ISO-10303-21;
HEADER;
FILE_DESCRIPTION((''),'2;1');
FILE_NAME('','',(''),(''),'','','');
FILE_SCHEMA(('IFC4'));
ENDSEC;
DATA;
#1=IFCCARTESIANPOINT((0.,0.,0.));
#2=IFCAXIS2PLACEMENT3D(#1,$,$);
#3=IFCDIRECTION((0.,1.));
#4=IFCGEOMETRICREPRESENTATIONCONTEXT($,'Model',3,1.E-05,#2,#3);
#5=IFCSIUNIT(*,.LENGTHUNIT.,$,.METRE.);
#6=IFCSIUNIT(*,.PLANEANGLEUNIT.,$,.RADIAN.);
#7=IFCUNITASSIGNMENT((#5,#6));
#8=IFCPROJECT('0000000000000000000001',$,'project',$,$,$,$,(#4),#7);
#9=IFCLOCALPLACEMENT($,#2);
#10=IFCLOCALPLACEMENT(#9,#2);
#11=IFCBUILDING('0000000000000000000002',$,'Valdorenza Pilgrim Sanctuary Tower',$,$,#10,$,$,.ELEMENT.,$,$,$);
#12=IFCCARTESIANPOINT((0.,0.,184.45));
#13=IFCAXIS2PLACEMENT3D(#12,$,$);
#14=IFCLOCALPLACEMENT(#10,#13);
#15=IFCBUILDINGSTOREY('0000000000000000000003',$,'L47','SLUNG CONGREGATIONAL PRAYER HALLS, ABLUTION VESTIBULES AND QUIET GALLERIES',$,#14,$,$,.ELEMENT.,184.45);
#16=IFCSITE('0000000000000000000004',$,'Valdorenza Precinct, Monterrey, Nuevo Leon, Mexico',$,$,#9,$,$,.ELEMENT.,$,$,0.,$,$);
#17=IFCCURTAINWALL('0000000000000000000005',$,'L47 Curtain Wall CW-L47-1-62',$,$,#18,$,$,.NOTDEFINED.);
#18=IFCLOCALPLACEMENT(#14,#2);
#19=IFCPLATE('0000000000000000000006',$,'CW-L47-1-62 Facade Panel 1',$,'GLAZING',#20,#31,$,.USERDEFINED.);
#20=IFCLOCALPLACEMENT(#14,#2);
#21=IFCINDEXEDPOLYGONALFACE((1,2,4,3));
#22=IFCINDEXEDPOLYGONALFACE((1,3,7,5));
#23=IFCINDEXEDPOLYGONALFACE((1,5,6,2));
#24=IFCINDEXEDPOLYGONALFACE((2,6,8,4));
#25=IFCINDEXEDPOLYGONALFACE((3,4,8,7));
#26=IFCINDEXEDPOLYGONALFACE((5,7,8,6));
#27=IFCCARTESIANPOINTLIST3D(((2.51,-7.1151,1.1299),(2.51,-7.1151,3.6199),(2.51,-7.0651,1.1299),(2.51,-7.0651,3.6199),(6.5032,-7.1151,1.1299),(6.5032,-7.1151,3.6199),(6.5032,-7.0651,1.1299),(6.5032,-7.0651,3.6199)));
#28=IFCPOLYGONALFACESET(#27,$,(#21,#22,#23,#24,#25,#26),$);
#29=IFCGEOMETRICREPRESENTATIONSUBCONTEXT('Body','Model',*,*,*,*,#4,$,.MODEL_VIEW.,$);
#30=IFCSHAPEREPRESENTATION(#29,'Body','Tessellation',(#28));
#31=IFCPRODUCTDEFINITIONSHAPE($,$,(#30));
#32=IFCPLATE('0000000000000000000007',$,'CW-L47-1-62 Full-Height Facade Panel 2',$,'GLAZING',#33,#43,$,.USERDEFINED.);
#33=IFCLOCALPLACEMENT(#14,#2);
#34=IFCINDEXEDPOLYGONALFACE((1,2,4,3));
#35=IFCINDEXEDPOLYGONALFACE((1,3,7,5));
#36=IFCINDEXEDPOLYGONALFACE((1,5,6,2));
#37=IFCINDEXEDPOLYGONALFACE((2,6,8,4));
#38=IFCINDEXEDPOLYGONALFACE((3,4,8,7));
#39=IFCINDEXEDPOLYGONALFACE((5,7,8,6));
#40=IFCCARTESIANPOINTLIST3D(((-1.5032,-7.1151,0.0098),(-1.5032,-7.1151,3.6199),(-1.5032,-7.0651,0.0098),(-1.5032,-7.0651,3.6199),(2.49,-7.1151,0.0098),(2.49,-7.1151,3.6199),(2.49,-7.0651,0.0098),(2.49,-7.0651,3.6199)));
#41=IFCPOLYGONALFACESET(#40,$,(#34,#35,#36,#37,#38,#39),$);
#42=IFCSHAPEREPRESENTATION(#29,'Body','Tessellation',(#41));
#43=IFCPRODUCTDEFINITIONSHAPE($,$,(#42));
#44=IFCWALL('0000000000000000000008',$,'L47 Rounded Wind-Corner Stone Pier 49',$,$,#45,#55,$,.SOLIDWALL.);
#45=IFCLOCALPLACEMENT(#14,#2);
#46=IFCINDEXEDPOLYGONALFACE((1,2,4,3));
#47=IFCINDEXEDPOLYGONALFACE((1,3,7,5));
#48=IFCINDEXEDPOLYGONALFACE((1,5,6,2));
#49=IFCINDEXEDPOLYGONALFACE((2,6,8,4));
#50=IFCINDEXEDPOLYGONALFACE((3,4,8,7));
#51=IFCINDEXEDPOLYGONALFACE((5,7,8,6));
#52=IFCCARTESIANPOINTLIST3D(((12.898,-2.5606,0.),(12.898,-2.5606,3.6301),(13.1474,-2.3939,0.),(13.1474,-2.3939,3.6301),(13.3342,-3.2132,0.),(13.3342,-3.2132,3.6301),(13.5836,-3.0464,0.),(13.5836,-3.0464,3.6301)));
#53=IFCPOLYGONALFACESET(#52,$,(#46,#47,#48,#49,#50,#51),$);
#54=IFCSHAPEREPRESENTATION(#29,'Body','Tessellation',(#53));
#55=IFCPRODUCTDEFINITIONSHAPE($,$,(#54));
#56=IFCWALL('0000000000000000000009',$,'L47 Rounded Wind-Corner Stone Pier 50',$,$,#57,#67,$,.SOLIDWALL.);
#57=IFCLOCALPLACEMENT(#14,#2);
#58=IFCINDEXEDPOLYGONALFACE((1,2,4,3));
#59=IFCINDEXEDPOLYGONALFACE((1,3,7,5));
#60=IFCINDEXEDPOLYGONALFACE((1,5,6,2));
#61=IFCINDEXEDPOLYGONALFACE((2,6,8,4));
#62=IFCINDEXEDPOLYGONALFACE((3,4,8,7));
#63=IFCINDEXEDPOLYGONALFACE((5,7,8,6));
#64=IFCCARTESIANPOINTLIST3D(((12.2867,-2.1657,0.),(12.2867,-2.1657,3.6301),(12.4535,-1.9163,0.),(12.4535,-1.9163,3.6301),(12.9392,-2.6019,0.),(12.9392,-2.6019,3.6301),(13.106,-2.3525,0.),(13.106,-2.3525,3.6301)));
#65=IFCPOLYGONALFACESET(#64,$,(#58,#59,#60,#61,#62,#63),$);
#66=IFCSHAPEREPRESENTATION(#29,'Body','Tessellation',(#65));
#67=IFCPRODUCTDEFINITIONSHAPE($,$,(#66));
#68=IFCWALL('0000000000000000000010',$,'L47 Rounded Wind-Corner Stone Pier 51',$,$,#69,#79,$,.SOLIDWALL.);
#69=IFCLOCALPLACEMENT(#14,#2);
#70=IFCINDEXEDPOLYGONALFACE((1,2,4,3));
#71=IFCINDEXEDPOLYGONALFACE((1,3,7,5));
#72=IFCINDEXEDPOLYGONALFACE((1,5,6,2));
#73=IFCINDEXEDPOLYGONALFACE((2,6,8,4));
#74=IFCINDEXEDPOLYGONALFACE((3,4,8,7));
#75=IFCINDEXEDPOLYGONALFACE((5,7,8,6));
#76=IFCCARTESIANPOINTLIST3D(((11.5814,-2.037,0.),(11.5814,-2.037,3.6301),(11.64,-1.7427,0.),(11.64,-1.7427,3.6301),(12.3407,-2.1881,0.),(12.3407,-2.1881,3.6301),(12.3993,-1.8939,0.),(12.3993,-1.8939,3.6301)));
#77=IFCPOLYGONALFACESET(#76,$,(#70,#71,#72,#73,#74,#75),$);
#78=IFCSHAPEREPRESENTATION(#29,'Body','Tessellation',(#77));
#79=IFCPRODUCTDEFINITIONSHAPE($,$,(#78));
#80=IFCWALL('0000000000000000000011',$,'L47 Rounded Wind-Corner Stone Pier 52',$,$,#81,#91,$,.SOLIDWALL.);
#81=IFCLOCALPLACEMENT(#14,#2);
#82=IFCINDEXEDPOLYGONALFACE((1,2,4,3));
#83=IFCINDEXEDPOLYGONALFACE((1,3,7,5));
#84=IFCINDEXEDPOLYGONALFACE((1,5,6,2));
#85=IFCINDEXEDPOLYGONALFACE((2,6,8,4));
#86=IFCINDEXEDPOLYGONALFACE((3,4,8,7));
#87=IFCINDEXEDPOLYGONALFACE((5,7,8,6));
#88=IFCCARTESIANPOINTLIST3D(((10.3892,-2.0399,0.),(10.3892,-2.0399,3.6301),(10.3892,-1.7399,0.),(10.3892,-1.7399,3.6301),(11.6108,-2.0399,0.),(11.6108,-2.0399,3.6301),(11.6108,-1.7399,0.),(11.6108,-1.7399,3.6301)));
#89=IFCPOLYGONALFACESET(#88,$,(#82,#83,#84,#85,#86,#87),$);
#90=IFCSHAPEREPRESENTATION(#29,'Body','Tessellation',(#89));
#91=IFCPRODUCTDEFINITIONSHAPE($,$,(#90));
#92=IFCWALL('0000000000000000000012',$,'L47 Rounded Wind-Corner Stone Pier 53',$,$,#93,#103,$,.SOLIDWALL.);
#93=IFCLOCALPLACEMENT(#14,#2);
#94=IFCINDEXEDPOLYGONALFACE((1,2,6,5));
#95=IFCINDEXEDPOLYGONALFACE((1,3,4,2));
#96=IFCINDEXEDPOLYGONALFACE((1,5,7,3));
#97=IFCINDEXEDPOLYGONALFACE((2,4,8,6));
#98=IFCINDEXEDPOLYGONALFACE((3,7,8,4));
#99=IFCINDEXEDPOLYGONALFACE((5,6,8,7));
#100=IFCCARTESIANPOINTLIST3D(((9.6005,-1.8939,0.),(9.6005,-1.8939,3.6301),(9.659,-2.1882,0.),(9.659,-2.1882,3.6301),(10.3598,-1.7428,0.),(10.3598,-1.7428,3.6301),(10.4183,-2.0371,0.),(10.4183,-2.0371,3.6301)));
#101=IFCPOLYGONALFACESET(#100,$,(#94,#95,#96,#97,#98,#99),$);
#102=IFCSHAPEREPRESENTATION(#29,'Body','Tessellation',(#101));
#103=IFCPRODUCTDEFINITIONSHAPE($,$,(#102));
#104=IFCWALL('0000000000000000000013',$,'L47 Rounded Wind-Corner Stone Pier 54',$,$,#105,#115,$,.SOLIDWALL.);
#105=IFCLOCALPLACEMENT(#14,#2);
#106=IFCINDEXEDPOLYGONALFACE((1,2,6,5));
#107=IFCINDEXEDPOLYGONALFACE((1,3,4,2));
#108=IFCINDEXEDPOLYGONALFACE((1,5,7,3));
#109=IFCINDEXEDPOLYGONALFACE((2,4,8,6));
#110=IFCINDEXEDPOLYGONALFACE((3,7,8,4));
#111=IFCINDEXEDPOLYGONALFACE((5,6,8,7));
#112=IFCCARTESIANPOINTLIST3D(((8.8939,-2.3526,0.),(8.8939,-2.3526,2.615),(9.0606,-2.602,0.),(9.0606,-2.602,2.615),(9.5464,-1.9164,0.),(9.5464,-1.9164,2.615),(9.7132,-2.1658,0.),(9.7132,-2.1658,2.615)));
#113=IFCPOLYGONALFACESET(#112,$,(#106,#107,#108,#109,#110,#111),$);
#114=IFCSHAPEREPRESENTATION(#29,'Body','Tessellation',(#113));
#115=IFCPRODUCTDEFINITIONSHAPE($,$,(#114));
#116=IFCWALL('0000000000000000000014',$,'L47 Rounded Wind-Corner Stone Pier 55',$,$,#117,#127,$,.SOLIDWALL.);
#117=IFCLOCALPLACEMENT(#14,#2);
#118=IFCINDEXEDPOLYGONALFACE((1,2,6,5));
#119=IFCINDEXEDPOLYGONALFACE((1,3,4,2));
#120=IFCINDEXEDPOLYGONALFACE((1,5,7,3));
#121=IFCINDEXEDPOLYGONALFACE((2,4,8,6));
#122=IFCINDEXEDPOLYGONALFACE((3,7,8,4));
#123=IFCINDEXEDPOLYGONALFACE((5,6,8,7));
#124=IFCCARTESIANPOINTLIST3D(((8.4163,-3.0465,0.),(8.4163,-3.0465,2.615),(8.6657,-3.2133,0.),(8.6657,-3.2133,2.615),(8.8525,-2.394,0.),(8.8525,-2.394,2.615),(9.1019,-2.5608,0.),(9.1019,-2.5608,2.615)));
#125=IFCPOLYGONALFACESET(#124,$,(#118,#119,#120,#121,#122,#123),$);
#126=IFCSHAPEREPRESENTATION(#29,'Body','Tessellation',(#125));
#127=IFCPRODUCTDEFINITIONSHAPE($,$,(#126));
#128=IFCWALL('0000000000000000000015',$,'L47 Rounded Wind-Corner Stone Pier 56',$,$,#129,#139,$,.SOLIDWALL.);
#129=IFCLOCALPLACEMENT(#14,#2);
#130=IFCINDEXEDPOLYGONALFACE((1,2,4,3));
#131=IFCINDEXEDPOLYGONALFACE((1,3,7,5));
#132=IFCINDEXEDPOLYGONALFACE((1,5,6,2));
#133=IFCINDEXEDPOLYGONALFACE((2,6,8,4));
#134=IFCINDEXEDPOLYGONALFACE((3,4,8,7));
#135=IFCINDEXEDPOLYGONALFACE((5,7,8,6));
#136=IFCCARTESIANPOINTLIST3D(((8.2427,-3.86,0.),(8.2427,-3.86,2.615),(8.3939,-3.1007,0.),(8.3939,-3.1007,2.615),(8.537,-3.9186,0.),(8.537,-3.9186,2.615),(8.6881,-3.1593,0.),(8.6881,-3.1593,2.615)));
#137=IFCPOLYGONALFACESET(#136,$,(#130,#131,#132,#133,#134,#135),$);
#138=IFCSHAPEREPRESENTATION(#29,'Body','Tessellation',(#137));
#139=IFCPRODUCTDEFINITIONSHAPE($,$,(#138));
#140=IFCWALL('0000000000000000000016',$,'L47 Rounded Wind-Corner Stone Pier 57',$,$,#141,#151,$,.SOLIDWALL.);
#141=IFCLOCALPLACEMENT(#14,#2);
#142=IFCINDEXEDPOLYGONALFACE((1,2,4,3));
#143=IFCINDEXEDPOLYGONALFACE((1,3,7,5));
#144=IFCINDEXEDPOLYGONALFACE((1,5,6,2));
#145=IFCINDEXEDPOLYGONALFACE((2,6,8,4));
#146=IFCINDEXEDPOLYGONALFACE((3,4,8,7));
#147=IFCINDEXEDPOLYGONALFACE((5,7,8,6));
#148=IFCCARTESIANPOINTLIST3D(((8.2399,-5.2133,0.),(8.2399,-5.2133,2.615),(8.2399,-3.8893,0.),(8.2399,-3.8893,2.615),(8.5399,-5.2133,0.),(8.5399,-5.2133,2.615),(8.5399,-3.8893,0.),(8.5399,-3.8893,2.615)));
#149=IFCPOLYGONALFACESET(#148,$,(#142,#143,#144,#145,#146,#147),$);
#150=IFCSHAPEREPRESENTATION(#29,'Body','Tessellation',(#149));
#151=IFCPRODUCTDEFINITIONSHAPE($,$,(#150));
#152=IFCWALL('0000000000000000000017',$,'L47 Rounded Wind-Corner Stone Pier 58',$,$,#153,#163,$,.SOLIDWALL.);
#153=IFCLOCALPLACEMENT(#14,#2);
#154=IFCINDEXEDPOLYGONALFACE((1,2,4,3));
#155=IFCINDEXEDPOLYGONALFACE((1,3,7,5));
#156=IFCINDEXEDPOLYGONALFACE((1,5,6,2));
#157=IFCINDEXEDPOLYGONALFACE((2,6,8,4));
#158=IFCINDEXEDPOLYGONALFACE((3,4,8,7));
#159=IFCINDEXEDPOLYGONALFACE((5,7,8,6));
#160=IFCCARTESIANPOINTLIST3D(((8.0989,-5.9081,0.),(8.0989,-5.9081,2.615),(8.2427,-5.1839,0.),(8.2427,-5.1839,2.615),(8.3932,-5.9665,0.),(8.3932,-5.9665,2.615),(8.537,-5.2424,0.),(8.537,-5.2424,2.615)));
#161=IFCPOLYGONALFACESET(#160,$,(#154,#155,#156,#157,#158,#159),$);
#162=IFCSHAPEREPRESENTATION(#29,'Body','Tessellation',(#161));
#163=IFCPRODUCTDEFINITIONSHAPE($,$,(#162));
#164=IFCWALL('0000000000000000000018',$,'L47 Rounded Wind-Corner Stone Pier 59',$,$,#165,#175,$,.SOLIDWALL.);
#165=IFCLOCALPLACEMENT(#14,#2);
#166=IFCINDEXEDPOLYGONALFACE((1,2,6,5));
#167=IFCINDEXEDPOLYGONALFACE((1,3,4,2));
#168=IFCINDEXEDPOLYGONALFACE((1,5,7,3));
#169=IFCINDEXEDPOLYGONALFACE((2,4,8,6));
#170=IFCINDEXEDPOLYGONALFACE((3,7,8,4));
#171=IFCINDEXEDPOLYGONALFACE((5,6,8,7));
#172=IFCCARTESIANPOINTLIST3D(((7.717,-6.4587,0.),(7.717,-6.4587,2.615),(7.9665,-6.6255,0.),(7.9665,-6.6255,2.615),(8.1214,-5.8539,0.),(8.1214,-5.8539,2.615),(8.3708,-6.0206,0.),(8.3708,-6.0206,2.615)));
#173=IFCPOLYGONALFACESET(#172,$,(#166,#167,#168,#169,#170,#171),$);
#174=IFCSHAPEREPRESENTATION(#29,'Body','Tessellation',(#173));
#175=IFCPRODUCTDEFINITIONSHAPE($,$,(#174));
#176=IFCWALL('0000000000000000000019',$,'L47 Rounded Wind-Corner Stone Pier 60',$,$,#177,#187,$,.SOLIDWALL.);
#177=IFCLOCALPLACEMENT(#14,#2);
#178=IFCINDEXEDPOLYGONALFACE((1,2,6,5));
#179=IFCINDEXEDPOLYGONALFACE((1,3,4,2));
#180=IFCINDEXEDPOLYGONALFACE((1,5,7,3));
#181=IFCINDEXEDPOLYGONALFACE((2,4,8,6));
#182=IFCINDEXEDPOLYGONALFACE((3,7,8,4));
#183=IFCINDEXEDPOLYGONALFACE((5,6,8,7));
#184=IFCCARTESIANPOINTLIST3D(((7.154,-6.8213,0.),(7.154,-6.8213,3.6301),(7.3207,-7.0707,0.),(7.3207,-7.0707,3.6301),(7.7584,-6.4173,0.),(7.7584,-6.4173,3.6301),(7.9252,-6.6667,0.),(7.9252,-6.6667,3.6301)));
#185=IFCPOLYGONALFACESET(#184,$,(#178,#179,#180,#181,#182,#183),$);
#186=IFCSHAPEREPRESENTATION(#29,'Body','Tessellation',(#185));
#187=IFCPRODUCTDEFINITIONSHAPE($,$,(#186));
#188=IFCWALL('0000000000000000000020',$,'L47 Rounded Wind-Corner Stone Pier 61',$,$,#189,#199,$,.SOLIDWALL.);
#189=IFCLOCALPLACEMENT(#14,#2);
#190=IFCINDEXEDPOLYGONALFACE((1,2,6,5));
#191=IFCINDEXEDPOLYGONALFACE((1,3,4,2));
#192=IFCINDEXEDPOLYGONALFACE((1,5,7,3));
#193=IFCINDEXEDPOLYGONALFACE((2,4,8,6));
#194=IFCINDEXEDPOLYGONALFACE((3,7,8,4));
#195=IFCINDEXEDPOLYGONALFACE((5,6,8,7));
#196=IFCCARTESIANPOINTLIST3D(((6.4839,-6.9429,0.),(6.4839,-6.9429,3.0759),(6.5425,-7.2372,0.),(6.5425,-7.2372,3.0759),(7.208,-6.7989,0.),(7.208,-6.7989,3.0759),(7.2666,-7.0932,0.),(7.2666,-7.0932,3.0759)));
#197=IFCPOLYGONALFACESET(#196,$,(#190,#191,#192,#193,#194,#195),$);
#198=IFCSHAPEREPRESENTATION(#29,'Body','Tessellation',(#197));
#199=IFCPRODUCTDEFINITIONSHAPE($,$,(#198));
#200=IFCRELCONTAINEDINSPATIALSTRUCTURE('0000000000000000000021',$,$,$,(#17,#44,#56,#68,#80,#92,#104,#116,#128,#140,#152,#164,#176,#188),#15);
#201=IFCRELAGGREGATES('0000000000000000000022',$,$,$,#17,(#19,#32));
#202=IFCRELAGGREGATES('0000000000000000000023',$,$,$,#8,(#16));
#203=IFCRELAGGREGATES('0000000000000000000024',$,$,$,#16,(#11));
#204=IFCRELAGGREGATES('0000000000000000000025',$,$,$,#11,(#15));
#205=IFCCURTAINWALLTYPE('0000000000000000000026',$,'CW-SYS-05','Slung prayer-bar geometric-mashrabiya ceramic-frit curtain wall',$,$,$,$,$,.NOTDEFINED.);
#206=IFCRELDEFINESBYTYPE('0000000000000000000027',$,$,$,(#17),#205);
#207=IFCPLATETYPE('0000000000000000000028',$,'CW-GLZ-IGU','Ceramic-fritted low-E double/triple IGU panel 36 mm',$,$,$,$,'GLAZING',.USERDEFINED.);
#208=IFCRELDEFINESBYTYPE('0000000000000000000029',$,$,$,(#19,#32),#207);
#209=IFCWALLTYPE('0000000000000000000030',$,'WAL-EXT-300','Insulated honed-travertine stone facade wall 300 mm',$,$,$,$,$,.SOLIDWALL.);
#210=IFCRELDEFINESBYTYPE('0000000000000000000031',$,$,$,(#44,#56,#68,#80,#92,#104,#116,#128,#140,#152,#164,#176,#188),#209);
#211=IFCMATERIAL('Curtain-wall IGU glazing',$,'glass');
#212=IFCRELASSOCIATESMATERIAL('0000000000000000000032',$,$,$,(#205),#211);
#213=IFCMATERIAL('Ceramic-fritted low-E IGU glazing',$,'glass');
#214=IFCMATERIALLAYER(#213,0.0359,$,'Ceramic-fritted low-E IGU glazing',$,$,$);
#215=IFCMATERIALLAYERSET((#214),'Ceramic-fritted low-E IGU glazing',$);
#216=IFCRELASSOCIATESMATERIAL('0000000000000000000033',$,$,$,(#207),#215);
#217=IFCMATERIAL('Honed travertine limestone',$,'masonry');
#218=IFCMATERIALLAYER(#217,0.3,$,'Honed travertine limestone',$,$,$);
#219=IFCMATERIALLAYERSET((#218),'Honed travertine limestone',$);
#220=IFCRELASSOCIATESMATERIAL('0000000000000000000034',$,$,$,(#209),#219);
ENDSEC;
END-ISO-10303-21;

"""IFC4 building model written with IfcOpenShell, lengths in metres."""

from ifc_helpers import new_model, si_unit, direction, frame, frame_2d, origin, origin_2d, place, context, subcontext, project, spatial, rectangle, extrude, source, transform, mapped, material, layer, layer_set, type_object, element, aggregate, save


model = new_model("IFC4")

# Units and contexts
model_context = context("Model", 3, precision=1e-05, world=origin(), true_north=direction((0.0, 1.0)))
body_context = subcontext(model_context, "Body", "Model", "MODEL_VIEW")
ifc_project = project(units=[si_unit("LENGTHUNIT", "METRE"), si_unit("PLANEANGLEUNIT", "RADIAN")], contexts=[model_context])

# Site, building, storey
site_placement = place(None, origin())
site = spatial("IfcSite", under=ifc_project, at=site_placement, Name="Valdorenza Precinct, Monterrey, Nuevo Leon, Mexico", CompositionType="ELEMENT", RefElevation=0.0)
building_placement = place(site_placement, origin())
building = spatial("IfcBuilding", under=site, at=building_placement, Name="Valdorenza Pilgrim Sanctuary Tower", CompositionType="ELEMENT")
storey_placement = place(building_placement, frame((0.0, 0.0, 184.45)))
storey = spatial("IfcBuildingStorey", under=building, at=storey_placement, Name="L47", Description="SLUNG CONGREGATIONAL PRAYER HALLS, ABLUTION VESTIBULES AND QUIET GALLERIES", CompositionType="ELEMENT", Elevation=184.45)

# Curtain wall
ifc_material_1 = material(Name="Curtain-wall IGU glazing", Category="glass")
curtain_wall_type = type_object("IfcCurtainWallType", Name="CW-SYS-05", Description="Slung prayer-bar geometric-mashrabiya ceramic-frit curtain wall", PredefinedType="NOTDEFINED", material=ifc_material_1)
curtain_wall_1_placement = place(storey_placement, origin())
curtain_wall_1 = element("IfcCurtainWall", 1, at=curtain_wall_1_placement, inside=storey, type_object=curtain_wall_type, Name="L47 Curtain Wall CW-L47-1-62", PredefinedType="NOTDEFINED")

# Plates
ifc_material_2 = material(Name="Honed travertine limestone", Category="masonry")
ifc_material_3 = material(Name="Ceramic-fritted low-E IGU glazing", Category="glass")
ifc_layer_1 = layer(ifc_material_3, 0.0359, Name="Ceramic-fritted low-E IGU glazing")
ifc_layer_set_1 = layer_set([ifc_layer_1], Name="Ceramic-fritted low-E IGU glazing")
plate_type_1 = type_object("IfcPlateType", Name="CW-GLZ-IGU", Description="Ceramic-fritted low-E double/triple IGU panel 36 mm", ElementType="GLAZING", PredefinedType="USERDEFINED", material=ifc_layer_set_1)
shared_shape_1 = source(origin(), body_context, "Body", "SweptSolid", [
    extrude(rectangle(XDim=3.9932, YDim=0.05, at=origin_2d()), origin(), (0.0, 0.0, 1.0), 2.49),
])
plate_1_placement = place(storey_placement, frame((4.5066, -7.0901, 1.1299), z_axis=(0.0, 0.0, 1.0), x_axis=(-1.0, 0.0, 0.0)))
plate_1 = element("IfcPlate", 2, at=plate_1_placement, type_object=plate_type_1, Name="CW-L47-1-62 Facade Panel 1", ObjectType="GLAZING", PredefinedType="USERDEFINED", context=body_context, shape_type="MappedRepresentation", body=[
    mapped(shared_shape_1, transform((0.0, 0.0, 0.0), x_axis=(1.0, 0.0, 0.0), y_axis=(0.0, 1.0, 0.0), z_axis=(0.0, 0.0, 1.0), scale=1.0)),
])
shared_shape_2 = source(origin(), body_context, "Body", "SweptSolid", [
    extrude(rectangle(XDim=3.9932, YDim=0.05, at=origin_2d()), origin(), (0.0, 0.0, 1.0), 3.6101),
])
plate_2_placement = place(storey_placement, frame((0.4934, -7.0901, 0.0098), z_axis=(0.0, 0.0, 1.0), x_axis=(-1.0, 0.0, 0.0)))
plate_2 = element("IfcPlate", 3, at=plate_2_placement, type_object=plate_type_1, Name="CW-L47-1-62 Full-Height Facade Panel 2", ObjectType="GLAZING", PredefinedType="USERDEFINED", context=body_context, shape_type="MappedRepresentation", body=[
    mapped(shared_shape_2, transform((0.0, 0.0, 0.0), x_axis=(1.0, 0.0, 0.0), y_axis=(0.0, 1.0, 0.0), z_axis=(0.0, 0.0, 1.0), scale=1.0)),
])
aggregate(curtain_wall_1, [plate_1, plate_2])

# Walls
ifc_layer_2 = layer(ifc_material_2, 0.3, Name="Honed travertine limestone")
ifc_layer_set_2 = layer_set([ifc_layer_2], Name="Honed travertine limestone")
wall_type_1 = type_object("IfcWallType", Name="WAL-EXT-300", Description="Insulated honed-travertine stone facade wall 300 mm", PredefinedType="SOLIDWALL", material=ifc_layer_set_2)
for number, where, z_axis, x_axis, name in (
    (4, (13.459, -3.1299, 0.0), (0.0, 0.0, 1.0), (-0.555776, 0.831332, 0.0), "L47 Rounded Wind-Corner Stone Pier 49"),
    (5, (13.0227, -2.4773, 0.0), (0.0, 0.0, 1.0), (-0.831332, 0.555776, 0.0), "L47 Rounded Wind-Corner Stone Pier 50"),
):
    element("IfcWall", number, at=place(storey_placement, frame(where, z_axis=z_axis, x_axis=x_axis)), inside=storey, type_object=wall_type_1, Name=name, PredefinedType="SOLIDWALL", context=body_context, shape_type="SweptSolid", body=[
        extrude(rectangle(XDim=0.7849, YDim=0.3, at=frame_2d((0.3926, 0.0))), origin(), (0.0, 0.0, 1.0), 3.6301),
    ])
wall_1_placement = place(storey_placement, frame((12.3701, -2.041, 0.0), z_axis=(0.0, 0.0, 1.0), x_axis=(-0.980762, 0.195206, 0.0)))
element("IfcWall", 6, at=wall_1_placement, inside=storey, type_object=wall_type_1, Name="L47 Rounded Wind-Corner Stone Pier 51", PredefinedType="SOLIDWALL", context=body_context, shape_type="SweptSolid", body=[
    extrude(rectangle(XDim=0.7742, YDim=0.3, at=frame_2d((0.3872, 0.0))), origin(), (0.0, 0.0, 1.0), 3.6301),
])
wall_2_placement = place(storey_placement, frame((11.6108, -1.8899, 0.0), z_axis=(0.0, 0.0, 1.0), x_axis=(-1.0, 0.0, 0.0)))
element("IfcWall", 7, at=wall_2_placement, inside=storey, type_object=wall_type_1, Name="L47 Rounded Wind-Corner Stone Pier 52", PredefinedType="SOLIDWALL", context=body_context, shape_type="SweptSolid", body=[
    extrude(rectangle(XDim=1.2217, YDim=0.3, at=frame_2d((0.6108, 0.0))), origin(), (0.0, 0.0, 1.0), 3.6301),
])
wall_3_placement = place(storey_placement, frame((10.3892, -1.8899, 0.0), z_axis=(0.0, 0.0, 1.0), x_axis=(-0.980762, -0.195206, 0.0)))
element("IfcWall", 8, at=wall_3_placement, inside=storey, type_object=wall_type_1, Name="L47 Rounded Wind-Corner Stone Pier 53", PredefinedType="SOLIDWALL", context=body_context, shape_type="SweptSolid", body=[
    extrude(rectangle(XDim=0.7742, YDim=0.3, at=frame_2d((0.3872, 0.0))), origin(), (0.0, 0.0, 1.0), 3.6301),
])
for number, where, z_axis, x_axis, name in (
    (9, (9.6299, -2.041, 0.0), (0.0, 0.0, 1.0), (-0.831332, -0.555776, 0.0), "L47 Rounded Wind-Corner Stone Pier 54"),
    (10, (8.9773, -2.4773, 0.0), (0.0, 0.0, 1.0), (-0.555776, -0.831332, 0.0), "L47 Rounded Wind-Corner Stone Pier 55"),
):
    element("IfcWall", number, at=place(storey_placement, frame(where, z_axis=z_axis, x_axis=x_axis)), inside=storey, type_object=wall_type_1, Name=name, PredefinedType="SOLIDWALL", context=body_context, shape_type="SweptSolid", body=[
        extrude(rectangle(XDim=0.7849, YDim=0.3, at=frame_2d((0.3926, 0.0))), origin(), (0.0, 0.0, 1.0), 2.615),
    ])
wall_4_placement = place(storey_placement, frame((8.541, -3.1299, 0.0), z_axis=(0.0, 0.0, 1.0), x_axis=(-0.195206, -0.980762, 0.0)))
element("IfcWall", 11, at=wall_4_placement, inside=storey, type_object=wall_type_1, Name="L47 Rounded Wind-Corner Stone Pier 56", PredefinedType="SOLIDWALL", context=body_context, shape_type="SweptSolid", body=[
    extrude(rectangle(XDim=0.7742, YDim=0.3, at=frame_2d((0.3872, 0.0))), origin(), (0.0, 0.0, 1.0), 2.615),
])
wall_5_placement = place(storey_placement, frame((8.3899, -3.8892, 0.0), z_axis=(0.0, 0.0, 1.0), x_axis=(0.0, -1.0, 0.0)))
element("IfcWall", 12, at=wall_5_placement, inside=storey, type_object=wall_type_1, Name="L47 Rounded Wind-Corner Stone Pier 57", PredefinedType="SOLIDWALL", context=body_context, shape_type="SweptSolid", body=[
    extrude(rectangle(XDim=1.324, YDim=0.3, at=frame_2d((0.6621, 0.0))), origin(), (0.0, 0.0, 1.0), 2.615),
])
wall_6_placement = place(storey_placement, frame((8.3899, -5.2131, 0.0), z_axis=(0.0, 0.0, 1.0), x_axis=(-0.19478, -0.980847, 0.0)))
element("IfcWall", 13, at=wall_6_placement, inside=storey, type_object=wall_type_1, Name="L47 Rounded Wind-Corner Stone Pier 58", PredefinedType="SOLIDWALL", context=body_context, shape_type="SweptSolid", body=[
    extrude(rectangle(XDim=0.7383, YDim=0.3, at=frame_2d((0.3691, 0.0))), origin(), (0.0, 0.0, 1.0), 2.615),
])
wall_7_placement = place(storey_placement, frame((8.2461, -5.9373, 0.0), z_axis=(0.0, 0.0, 1.0), x_axis=(-0.555784, -0.831327, 0.0)))
element("IfcWall", 14, at=wall_7_placement, inside=storey, type_object=wall_type_1, Name="L47 Rounded Wind-Corner Stone Pier 59", PredefinedType="SOLIDWALL", context=body_context, shape_type="SweptSolid", body=[
    extrude(rectangle(XDim=0.7275, YDim=0.3, at=frame_2d((0.3638, 0.0))), origin(), (0.0, 0.0, 1.0), 2.615),
])
wall_8_placement = place(storey_placement, frame((7.8418, -6.542, 0.0), z_axis=(0.0, 0.0, 1.0), x_axis=(-0.831378, -0.555707, 0.0)))
element("IfcWall", 15, at=wall_8_placement, inside=storey, type_object=wall_type_1, Name="L47 Rounded Wind-Corner Stone Pier 60", PredefinedType="SOLIDWALL", context=body_context, shape_type="SweptSolid", body=[
    extrude(rectangle(XDim=0.7271, YDim=0.3, at=frame_2d((0.3635, 0.0))), origin(), (0.0, 0.0, 1.0), 3.6301),
])
wall_9_placement = place(storey_placement, frame((7.2373, -6.946, 0.0), z_axis=(0.0, 0.0, 1.0), x_axis=(-0.980784, -0.195099, 0.0)))
element("IfcWall", 16, at=wall_9_placement, inside=storey, type_object=wall_type_1, Name="L47 Rounded Wind-Corner Stone Pier 61", PredefinedType="SOLIDWALL", context=body_context, shape_type="SweptSolid", body=[
    extrude(rectangle(XDim=0.7383, YDim=0.3, at=frame_2d((0.3691, 0.0))), origin(), (0.0, 0.0, 1.0), 3.0759),
])

save(model, "model.ifc")
